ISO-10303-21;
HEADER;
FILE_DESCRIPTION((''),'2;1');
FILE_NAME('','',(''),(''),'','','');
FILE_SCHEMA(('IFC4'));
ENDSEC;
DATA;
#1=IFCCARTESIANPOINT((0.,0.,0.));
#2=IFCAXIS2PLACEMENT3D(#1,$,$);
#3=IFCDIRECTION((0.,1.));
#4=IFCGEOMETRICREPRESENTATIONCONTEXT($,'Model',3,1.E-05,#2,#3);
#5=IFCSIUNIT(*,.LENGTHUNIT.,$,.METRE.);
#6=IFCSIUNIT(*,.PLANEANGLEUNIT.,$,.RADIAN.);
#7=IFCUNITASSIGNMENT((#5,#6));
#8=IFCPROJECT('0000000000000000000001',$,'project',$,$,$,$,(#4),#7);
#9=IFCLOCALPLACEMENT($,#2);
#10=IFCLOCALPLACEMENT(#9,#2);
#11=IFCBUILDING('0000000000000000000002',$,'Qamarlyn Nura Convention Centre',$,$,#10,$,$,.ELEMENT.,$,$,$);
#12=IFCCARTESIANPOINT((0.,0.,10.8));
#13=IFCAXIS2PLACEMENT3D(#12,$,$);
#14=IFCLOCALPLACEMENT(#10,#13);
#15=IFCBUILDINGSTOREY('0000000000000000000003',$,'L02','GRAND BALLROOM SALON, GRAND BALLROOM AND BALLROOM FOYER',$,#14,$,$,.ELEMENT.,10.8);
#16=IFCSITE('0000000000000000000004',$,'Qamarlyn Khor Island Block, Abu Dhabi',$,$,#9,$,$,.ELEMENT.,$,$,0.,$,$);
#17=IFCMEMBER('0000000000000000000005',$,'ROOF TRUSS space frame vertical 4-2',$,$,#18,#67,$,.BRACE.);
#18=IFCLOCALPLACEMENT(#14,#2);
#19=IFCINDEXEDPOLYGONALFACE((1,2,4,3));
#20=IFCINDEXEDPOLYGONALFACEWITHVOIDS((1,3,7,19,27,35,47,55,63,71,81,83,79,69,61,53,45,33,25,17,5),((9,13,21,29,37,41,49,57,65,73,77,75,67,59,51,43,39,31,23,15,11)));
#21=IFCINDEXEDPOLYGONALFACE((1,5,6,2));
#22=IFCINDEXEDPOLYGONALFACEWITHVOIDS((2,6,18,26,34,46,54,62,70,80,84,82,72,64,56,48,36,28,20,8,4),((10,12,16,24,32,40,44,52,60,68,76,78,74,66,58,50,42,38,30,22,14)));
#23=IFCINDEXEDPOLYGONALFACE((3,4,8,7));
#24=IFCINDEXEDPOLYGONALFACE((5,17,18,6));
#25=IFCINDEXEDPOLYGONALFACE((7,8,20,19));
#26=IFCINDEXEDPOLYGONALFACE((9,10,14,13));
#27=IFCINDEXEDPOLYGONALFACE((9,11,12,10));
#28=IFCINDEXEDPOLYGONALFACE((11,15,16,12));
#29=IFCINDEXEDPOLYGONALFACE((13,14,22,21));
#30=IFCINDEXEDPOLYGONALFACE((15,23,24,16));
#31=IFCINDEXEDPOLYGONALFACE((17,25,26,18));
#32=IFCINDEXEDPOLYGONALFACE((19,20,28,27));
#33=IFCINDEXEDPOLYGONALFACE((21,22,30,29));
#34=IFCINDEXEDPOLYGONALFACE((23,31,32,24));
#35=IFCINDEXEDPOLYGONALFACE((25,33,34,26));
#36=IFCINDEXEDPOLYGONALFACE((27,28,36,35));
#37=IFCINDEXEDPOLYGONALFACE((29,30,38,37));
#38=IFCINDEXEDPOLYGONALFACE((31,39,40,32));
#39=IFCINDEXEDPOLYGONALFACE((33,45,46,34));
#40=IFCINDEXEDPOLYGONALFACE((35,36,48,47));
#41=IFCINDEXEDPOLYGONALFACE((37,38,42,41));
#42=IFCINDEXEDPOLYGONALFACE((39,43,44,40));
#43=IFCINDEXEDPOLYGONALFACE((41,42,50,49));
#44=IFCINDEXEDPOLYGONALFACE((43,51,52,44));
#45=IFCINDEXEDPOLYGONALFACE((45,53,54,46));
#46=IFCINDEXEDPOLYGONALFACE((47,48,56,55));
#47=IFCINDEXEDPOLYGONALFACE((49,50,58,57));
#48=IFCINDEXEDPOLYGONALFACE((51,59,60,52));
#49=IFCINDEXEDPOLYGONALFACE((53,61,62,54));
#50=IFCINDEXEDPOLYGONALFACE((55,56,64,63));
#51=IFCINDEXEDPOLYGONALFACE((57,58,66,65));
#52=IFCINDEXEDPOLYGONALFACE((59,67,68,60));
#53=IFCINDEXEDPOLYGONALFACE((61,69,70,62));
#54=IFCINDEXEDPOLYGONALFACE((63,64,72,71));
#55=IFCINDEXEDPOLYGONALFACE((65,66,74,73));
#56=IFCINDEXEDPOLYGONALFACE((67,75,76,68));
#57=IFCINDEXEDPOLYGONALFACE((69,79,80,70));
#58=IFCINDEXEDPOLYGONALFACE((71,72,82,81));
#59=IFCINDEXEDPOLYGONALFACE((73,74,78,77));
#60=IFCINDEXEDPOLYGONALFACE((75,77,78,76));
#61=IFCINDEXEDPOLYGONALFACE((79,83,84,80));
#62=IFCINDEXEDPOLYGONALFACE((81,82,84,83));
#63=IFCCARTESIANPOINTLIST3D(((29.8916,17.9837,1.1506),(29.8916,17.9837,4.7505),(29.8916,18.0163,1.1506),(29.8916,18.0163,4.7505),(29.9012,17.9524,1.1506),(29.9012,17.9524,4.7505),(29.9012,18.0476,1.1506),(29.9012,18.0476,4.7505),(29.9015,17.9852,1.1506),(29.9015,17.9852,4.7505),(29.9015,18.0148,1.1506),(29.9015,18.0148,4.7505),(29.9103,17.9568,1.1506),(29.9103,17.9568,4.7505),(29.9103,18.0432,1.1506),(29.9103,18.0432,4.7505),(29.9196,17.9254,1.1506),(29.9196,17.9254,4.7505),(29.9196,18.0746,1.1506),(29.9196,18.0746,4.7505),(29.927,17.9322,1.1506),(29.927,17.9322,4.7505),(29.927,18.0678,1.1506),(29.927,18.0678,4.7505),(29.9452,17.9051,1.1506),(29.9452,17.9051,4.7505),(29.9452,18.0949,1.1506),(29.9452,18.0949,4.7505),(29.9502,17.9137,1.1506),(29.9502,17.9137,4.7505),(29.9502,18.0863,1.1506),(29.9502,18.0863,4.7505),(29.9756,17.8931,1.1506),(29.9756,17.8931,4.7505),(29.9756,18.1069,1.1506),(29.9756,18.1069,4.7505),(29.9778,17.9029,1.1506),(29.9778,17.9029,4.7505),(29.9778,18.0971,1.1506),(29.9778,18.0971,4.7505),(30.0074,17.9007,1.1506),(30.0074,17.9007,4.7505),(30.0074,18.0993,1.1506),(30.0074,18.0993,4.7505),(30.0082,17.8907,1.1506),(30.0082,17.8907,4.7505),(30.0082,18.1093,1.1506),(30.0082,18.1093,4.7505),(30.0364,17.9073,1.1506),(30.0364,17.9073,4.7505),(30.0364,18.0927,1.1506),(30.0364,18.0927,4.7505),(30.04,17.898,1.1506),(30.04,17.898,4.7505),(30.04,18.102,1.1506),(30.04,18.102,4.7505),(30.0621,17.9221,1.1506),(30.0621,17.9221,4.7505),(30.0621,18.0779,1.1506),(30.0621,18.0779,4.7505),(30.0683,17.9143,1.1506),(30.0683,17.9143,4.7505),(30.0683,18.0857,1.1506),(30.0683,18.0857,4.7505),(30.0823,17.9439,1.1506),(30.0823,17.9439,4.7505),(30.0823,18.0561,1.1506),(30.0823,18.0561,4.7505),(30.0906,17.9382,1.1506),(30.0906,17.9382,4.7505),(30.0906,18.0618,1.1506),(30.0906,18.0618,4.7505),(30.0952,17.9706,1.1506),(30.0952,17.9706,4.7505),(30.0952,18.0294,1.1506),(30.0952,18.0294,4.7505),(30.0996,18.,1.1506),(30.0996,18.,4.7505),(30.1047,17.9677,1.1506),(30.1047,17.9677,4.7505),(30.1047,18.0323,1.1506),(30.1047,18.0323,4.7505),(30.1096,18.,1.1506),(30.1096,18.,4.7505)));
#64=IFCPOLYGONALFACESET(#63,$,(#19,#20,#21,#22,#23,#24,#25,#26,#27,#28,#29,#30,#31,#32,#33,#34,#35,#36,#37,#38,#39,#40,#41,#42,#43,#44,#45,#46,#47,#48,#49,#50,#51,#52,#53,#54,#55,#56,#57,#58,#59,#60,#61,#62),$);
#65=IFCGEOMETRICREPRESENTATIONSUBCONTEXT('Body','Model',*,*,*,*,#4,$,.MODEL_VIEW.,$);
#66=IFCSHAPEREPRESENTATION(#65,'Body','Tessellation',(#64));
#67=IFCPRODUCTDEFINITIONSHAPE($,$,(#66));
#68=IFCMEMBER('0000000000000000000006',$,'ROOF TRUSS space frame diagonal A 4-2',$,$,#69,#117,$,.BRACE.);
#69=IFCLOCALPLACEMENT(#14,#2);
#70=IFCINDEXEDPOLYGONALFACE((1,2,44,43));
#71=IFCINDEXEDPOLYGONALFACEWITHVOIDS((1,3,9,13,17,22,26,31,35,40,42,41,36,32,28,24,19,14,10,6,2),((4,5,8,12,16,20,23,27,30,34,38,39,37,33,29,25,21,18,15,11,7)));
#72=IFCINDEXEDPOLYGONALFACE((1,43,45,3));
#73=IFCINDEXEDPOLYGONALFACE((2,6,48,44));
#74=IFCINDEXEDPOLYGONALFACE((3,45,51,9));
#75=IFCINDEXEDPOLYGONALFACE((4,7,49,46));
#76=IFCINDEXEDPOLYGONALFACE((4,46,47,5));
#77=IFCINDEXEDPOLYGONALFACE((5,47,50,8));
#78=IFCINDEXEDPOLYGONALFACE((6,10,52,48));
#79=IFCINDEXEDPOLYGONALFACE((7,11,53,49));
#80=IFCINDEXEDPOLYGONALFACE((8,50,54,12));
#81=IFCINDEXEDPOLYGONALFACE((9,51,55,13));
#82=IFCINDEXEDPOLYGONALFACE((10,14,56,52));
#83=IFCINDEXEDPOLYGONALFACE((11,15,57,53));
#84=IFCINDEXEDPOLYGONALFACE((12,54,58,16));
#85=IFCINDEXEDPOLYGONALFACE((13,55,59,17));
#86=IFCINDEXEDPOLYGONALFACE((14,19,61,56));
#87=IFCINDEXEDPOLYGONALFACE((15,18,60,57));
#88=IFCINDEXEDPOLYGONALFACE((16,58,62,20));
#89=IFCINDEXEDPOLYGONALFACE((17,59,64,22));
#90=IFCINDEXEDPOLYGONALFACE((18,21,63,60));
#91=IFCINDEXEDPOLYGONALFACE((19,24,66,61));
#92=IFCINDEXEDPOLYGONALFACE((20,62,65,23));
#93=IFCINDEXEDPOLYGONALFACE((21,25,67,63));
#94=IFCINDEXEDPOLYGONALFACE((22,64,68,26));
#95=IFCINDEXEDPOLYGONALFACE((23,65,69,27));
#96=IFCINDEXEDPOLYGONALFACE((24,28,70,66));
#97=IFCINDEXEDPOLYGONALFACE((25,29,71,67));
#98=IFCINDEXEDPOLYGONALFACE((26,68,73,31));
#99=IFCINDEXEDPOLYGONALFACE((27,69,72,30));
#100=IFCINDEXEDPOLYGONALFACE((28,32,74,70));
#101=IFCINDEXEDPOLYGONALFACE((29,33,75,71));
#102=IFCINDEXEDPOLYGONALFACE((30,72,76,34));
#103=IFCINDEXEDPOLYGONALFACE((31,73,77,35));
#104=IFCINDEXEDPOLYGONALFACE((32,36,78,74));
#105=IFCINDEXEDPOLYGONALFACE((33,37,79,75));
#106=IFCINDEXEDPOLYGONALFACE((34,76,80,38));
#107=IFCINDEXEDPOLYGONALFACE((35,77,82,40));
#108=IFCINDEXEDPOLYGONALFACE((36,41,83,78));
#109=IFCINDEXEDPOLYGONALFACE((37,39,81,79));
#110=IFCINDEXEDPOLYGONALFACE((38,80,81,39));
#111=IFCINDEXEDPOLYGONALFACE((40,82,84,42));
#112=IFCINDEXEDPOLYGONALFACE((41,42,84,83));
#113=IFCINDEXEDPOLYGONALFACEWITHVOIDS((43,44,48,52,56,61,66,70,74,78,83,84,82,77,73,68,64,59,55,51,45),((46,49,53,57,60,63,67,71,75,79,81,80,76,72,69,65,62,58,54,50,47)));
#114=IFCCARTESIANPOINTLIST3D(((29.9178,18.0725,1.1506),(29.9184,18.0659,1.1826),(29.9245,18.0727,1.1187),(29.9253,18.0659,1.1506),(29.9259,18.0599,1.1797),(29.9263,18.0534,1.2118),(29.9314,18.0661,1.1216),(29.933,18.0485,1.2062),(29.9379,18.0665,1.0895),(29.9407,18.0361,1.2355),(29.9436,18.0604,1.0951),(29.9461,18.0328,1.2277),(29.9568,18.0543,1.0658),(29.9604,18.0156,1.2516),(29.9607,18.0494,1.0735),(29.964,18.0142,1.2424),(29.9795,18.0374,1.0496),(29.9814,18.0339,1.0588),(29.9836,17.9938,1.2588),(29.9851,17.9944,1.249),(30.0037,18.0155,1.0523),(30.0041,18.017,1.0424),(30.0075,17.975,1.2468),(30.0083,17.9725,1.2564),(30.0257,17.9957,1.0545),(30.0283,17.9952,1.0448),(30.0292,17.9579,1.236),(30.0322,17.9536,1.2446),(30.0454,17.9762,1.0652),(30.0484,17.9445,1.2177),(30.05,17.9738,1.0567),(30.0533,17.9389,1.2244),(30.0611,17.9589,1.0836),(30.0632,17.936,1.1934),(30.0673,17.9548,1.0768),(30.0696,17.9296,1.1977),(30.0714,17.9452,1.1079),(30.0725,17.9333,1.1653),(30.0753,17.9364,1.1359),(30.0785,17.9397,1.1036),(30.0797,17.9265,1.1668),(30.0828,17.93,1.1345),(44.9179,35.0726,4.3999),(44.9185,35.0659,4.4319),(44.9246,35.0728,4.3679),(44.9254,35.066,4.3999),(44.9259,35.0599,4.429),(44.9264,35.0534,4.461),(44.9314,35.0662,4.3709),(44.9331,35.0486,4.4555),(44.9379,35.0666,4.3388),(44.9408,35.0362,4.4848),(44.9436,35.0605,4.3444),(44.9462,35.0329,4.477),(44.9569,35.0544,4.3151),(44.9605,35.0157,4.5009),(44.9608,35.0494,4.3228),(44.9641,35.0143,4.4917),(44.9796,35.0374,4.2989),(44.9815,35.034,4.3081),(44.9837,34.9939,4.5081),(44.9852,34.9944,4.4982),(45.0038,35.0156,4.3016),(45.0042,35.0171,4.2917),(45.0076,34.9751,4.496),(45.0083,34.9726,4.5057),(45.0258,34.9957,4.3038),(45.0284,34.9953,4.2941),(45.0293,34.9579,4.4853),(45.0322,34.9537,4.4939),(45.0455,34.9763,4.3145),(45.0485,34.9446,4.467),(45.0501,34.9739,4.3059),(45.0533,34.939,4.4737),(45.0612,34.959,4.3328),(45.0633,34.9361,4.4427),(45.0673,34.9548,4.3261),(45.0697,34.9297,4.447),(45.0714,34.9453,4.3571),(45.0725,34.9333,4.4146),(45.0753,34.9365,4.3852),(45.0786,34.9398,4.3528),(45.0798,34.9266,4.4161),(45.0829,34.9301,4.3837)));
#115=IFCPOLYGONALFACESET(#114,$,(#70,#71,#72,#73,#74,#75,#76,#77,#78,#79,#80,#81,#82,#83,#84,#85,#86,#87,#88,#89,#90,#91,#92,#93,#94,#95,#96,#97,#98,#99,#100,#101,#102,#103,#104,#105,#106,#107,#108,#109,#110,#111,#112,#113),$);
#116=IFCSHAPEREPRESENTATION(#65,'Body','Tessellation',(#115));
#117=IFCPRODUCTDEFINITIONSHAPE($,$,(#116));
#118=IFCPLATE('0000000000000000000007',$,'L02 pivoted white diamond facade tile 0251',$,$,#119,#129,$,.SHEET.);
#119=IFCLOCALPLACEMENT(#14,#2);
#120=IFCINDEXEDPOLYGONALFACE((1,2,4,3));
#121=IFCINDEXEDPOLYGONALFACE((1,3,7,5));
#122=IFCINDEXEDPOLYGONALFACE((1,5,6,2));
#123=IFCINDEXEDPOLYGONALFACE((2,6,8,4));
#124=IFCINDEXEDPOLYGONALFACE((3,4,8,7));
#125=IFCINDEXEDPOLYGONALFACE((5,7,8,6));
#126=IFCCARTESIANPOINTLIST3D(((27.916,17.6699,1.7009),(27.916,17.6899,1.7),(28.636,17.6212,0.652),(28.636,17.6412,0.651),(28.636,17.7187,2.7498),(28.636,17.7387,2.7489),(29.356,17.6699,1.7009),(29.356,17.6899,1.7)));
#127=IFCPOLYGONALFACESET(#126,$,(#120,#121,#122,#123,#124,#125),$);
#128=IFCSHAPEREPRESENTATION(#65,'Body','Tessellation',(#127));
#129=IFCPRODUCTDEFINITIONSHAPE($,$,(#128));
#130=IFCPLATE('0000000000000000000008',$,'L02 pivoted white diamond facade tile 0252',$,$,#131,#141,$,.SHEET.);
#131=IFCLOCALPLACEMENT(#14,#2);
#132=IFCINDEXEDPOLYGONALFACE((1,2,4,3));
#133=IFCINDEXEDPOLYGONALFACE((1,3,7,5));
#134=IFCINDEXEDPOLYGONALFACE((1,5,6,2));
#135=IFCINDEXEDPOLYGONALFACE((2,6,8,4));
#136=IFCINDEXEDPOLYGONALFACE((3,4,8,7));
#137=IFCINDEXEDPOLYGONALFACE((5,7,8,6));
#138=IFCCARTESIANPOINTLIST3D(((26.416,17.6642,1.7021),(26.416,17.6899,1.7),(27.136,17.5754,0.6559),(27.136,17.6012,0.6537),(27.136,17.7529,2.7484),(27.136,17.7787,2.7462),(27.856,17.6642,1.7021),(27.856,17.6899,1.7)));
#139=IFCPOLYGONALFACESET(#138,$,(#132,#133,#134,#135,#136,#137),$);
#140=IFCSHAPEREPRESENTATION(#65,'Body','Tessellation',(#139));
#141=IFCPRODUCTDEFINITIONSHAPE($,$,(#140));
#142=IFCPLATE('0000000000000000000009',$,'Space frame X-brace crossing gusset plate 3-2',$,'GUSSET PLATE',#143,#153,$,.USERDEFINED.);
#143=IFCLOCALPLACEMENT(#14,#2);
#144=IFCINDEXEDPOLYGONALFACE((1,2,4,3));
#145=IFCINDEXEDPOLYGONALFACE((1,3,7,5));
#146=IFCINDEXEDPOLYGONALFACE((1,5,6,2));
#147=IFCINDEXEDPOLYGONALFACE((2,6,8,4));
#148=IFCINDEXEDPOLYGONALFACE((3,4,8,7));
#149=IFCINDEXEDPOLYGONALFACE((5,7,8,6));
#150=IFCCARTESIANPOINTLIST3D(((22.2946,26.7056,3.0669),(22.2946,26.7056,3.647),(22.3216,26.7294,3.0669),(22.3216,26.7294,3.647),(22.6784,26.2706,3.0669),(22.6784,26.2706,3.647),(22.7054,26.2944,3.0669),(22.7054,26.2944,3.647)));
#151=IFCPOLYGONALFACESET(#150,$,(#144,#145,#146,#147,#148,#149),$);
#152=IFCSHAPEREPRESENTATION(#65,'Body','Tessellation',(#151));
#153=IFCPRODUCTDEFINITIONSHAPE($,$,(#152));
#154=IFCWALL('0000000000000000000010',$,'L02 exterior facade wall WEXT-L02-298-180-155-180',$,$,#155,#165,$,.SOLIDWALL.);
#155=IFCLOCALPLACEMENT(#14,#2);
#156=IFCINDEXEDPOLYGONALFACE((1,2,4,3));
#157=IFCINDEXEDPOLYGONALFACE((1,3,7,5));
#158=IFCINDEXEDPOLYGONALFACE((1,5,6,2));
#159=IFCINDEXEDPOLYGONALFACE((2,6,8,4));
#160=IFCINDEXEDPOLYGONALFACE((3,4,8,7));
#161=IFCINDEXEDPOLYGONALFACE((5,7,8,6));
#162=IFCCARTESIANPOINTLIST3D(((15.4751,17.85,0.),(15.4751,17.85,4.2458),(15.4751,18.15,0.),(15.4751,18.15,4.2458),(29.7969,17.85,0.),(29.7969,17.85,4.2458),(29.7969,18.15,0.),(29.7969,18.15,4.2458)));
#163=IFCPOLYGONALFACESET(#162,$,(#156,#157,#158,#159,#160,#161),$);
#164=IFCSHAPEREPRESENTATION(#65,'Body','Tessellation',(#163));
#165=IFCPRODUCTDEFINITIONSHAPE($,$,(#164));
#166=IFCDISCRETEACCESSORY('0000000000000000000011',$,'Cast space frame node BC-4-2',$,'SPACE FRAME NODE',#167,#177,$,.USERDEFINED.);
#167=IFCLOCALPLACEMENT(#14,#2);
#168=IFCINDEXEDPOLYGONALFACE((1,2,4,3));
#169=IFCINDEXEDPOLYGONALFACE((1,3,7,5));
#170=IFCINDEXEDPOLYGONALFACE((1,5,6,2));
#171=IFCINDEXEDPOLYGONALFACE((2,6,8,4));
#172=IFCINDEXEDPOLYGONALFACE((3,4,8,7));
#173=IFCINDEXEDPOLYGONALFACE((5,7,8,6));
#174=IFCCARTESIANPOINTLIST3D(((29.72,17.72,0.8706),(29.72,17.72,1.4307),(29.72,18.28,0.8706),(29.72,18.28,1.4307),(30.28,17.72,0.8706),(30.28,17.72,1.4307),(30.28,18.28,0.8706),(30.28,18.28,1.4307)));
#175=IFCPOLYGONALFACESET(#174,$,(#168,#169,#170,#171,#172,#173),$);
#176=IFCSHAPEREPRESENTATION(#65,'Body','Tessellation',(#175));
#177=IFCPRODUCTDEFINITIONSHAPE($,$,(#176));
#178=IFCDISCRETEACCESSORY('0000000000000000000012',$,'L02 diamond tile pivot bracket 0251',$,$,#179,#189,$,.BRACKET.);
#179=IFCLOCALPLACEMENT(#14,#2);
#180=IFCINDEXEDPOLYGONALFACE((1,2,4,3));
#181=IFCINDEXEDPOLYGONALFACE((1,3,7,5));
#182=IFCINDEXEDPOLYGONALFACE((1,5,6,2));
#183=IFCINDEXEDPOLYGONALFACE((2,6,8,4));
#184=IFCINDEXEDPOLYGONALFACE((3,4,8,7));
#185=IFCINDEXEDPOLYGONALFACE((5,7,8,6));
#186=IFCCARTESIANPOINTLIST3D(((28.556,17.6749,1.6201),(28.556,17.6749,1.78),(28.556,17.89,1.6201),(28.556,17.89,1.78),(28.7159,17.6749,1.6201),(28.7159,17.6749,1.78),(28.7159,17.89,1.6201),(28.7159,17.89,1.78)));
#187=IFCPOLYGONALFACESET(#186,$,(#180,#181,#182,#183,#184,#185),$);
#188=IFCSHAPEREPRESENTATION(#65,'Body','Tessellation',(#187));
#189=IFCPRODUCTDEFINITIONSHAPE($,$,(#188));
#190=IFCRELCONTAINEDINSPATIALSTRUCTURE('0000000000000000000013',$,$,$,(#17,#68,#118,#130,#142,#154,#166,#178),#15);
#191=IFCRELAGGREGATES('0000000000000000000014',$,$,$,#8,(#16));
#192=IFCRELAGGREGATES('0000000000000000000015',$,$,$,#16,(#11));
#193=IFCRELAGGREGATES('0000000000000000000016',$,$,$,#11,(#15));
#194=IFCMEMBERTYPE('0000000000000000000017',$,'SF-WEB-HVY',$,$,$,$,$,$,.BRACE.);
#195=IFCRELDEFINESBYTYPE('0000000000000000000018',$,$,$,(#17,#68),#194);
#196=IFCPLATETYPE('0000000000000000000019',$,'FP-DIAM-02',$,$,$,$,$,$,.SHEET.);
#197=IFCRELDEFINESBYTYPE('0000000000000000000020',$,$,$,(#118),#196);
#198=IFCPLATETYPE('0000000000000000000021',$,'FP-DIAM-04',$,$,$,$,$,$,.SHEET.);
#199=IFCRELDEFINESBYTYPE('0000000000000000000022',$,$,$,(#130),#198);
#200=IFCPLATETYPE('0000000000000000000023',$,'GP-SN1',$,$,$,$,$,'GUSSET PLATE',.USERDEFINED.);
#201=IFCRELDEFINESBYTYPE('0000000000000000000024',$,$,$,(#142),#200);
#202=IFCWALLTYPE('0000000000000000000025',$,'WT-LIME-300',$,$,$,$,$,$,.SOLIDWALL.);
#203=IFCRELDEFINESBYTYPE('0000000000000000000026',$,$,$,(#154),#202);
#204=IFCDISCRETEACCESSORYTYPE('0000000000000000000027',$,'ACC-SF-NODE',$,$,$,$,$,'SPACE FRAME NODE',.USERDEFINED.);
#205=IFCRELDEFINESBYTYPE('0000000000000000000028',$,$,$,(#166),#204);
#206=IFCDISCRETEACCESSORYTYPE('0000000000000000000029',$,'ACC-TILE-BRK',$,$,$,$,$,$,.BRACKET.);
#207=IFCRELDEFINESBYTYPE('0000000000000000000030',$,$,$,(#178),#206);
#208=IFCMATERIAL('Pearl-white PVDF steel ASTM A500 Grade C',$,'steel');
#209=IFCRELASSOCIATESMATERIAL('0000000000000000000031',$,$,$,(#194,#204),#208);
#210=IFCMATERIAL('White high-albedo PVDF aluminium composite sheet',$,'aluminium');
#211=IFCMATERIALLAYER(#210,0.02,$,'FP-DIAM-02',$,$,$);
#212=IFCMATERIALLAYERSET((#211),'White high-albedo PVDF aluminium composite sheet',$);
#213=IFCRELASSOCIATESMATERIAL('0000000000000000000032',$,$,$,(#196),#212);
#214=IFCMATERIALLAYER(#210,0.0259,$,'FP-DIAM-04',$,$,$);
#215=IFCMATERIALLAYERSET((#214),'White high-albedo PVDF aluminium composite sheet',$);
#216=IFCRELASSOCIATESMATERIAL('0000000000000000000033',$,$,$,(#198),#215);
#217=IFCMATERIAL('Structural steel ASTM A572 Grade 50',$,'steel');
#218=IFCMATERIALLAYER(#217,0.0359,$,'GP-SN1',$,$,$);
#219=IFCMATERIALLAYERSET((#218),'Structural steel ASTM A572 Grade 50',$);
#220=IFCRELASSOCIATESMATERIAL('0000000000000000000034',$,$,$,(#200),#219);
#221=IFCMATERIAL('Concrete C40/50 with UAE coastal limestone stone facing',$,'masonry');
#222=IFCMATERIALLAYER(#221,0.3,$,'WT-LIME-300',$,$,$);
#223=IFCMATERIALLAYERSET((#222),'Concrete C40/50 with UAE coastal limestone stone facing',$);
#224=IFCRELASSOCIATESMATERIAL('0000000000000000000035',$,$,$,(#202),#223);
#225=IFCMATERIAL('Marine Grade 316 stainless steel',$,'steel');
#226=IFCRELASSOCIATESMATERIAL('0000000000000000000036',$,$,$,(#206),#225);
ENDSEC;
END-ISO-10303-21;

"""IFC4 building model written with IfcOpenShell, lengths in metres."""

from ifc_helpers import new_model, si_unit, direction, frame, frame_2d, origin, origin_2d, place, context, subcontext, project, spatial, polyline, rectangle, hollow_circle, outline, extrude, material, layer, layer_set, material_profile, profile_set, type_object, element, save


model = new_model("IFC4")

# Units and contexts
model_context = context("Model", 3, precision=1e-05, world=origin(), true_north=direction((0.0, 1.0)))
body_context = subcontext(model_context, "Body", "Model", "MODEL_VIEW")
ifc_project = project(units=[si_unit("LENGTHUNIT", "METRE"), si_unit("PLANEANGLEUNIT", "RADIAN")], contexts=[model_context])

# Site, building, storey
site_placement = place(None, origin())
site = spatial("IfcSite", under=ifc_project, at=site_placement, Name="Qamarlyn Khor Island Block, Abu Dhabi", CompositionType="ELEMENT", RefElevation=0.0)
building_placement = place(site_placement, origin())
building = spatial("IfcBuilding", under=site, at=building_placement, Name="Qamarlyn Nura Convention Centre", CompositionType="ELEMENT")
storey_placement = place(building_placement, frame((0.0, 0.0, 10.8)))
storey = spatial("IfcBuildingStorey", under=building, at=storey_placement, Name="L02", Description="GRAND BALLROOM SALON, GRAND BALLROOM AND BALLROOM FOYER", CompositionType="ELEMENT", Elevation=10.8)

# Shared definitions
ifc_material_1 = material(Name="Pearl-white PVDF steel ASTM A500 Grade C", Category="steel")

# Members
ifc_material_profile_1 = material_profile(ifc_material_1, hollow_circle(Radius=0.1096, WallThickness=0.01, at=origin_2d()), Name="CHS219.1X10")
ifc_profile_set_1 = profile_set([ifc_material_profile_1], Name="Pearl-white PVDF steel ASTM A500 Grade C")
member_type_1 = type_object("IfcMemberType", Name="SF-WEB-HVY", PredefinedType="BRACE", material=ifc_profile_set_1)
member_1_placement = place(storey_placement, frame((30.0, 18.0, 1.1506), z_axis=(0.0, 0.0, 1.0), x_axis=(1.0, 0.0, 0.0)))
element("IfcMember", 1, at=member_1_placement, inside=storey, type_object=member_type_1, Name="ROOF TRUSS space frame vertical 4-2", PredefinedType="BRACE", context=body_context, shape_type="SweptSolid", body=[
    extrude(hollow_circle(Radius=0.1096, WallThickness=0.01, at=origin_2d()), origin(), (0.0, 0.0, 1.0), 3.5999),
])
member_2_placement = place(storey_placement, frame((30.0, 18.0, 1.1506), z_axis=(0.65493, 0.742254, 0.141869), x_axis=(-0.749838, 0.661622, 0.0)))
element("IfcMember", 2, at=member_2_placement, inside=storey, type_object=member_type_1, Name="ROOF TRUSS space frame diagonal A 4-2", PredefinedType="BRACE", context=body_context, shape_type="SweptSolid", body=[
    extrude(hollow_circle(Radius=0.1096, WallThickness=0.01, at=origin_2d()), origin(), (0.0, 0.0, 1.0), 22.9033),
])

# Plates
ifc_material_2 = material(Name="White high-albedo PVDF aluminium composite sheet", Category="aluminium")
ifc_layer_1 = layer(ifc_material_2, 0.02, Name="FP-DIAM-02")
ifc_layer_set_1 = layer_set([ifc_layer_1], Name="White high-albedo PVDF aluminium composite sheet")
plate_type_1 = type_object("IfcPlateType", Name="FP-DIAM-02", PredefinedType="SHEET", material=ifc_layer_set_1)
plate_1_placement = place(storey_placement, frame((28.636, 17.6899, 1.7), z_axis=(0.0, -0.998923, 0.046409), x_axis=(1.0, 0.0, 0.0)))
element("IfcPlate", 3, at=plate_1_placement, inside=storey, type_object=plate_type_1, Name="L02 pivoted white diamond facade tile 0251", PredefinedType="SHEET", context=body_context, shape_type="SweptSolid", body=[
    extrude(outline(polyline([(-0.72, 0.0), (0.0, -1.05), (0.72, 0.0), (0.0, 1.05), (-0.72, 0.0)])), origin(), (0.0, 0.0, 1.0), 0.02),
])
ifc_layer_2 = layer(ifc_material_2, 0.0259, Name="FP-DIAM-04")
ifc_layer_set_2 = layer_set([ifc_layer_2], Name="White high-albedo PVDF aluminium composite sheet")
plate_type_2 = type_object("IfcPlateType", Name="FP-DIAM-04", PredefinedType="SHEET", material=ifc_layer_set_2)
plate_2_placement = place(storey_placement, frame((27.136, 17.6899, 1.7), z_axis=(0.0, -0.996419, 0.084547), x_axis=(1.0, 0.0, 0.0)))
element("IfcPlate", 4, at=plate_2_placement, inside=storey, type_object=plate_type_2, Name="L02 pivoted white diamond facade tile 0252", PredefinedType="SHEET", context=body_context, shape_type="SweptSolid", body=[
    extrude(outline(polyline([(-0.72, 0.0), (0.0, -1.05), (0.72, 0.0), (0.0, 1.05), (-0.72, 0.0)])), origin(), (0.0, 0.0, 1.0), 0.0259),
])
ifc_material_3 = material(Name="Structural steel ASTM A572 Grade 50", Category="steel")
ifc_layer_3 = layer(ifc_material_3, 0.0359, Name="GP-SN1")
ifc_layer_set_3 = layer_set([ifc_layer_3], Name="Structural steel ASTM A572 Grade 50")
plate_type_3 = type_object("IfcPlateType", Name="GP-SN1", ElementType="GUSSET PLATE", PredefinedType="USERDEFINED", material=ifc_layer_set_3)
plate_3_placement = place(storey_placement, frame((22.5, 26.5, 3.0669), z_axis=(0.0, 0.0, 1.0), x_axis=(-0.661622, 0.749837, 0.0)))
element("IfcPlate", 5, at=plate_3_placement, inside=storey, type_object=plate_type_3, Name="Space frame X-brace crossing gusset plate 3-2", ObjectType="GUSSET PLATE", PredefinedType="USERDEFINED", context=body_context, shape_type="SweptSolid", body=[
    extrude(rectangle(XDim=0.5801, YDim=0.0359, at=origin_2d()), origin(), (0.0, 0.0, 1.0), 0.5801),
])

# Wall
ifc_material_4 = material(Name="Concrete C40/50 with UAE coastal limestone stone facing", Category="masonry")
ifc_layer_4 = layer(ifc_material_4, 0.3, Name="WT-LIME-300")
ifc_layer_set_4 = layer_set([ifc_layer_4], Name="Concrete C40/50 with UAE coastal limestone stone facing")
wall_type = type_object("IfcWallType", Name="WT-LIME-300", PredefinedType="SOLIDWALL", material=ifc_layer_set_4)
wall_placement = place(storey_placement, frame((29.7969, 18.0, 0.0), z_axis=(0.0, 0.0, 1.0), x_axis=(-1.0, 0.0, 0.0)))
element("IfcWall", 6, at=wall_placement, inside=storey, type_object=wall_type, Name="L02 exterior facade wall WEXT-L02-298-180-155-180", PredefinedType="SOLIDWALL", context=body_context, shape_type="SweptSolid", body=[
    extrude(rectangle(XDim=14.3218, YDim=0.3, at=frame_2d((7.1609, 0.0))), origin(), (0.0, 0.0, 1.0), 4.2458),
])

# Discrete accessories
discrete_accessory_type_1 = type_object("IfcDiscreteAccessoryType", Name="ACC-SF-NODE", ElementType="SPACE FRAME NODE", PredefinedType="USERDEFINED", material=ifc_material_1)
discrete_accessory_1_placement = place(storey_placement, frame((30.0, 18.0, 0.8706), z_axis=(0.0, 0.0, 1.0), x_axis=(1.0, 0.0, 0.0)))
element("IfcDiscreteAccessory", 7, at=discrete_accessory_1_placement, inside=storey, type_object=discrete_accessory_type_1, Name="Cast space frame node BC-4-2", ObjectType="SPACE FRAME NODE", PredefinedType="USERDEFINED", context=body_context, shape_type="SweptSolid", body=[
    extrude(rectangle(XDim=0.5601, YDim=0.5601, at=origin_2d()), origin(), (0.0, 0.0, 1.0), 0.5601),
])
ifc_material_5 = material(Name="Marine Grade 316 stainless steel", Category="steel")
discrete_accessory_type_2 = type_object("IfcDiscreteAccessoryType", Name="ACC-TILE-BRK", PredefinedType="BRACKET", material=ifc_material_5)
discrete_accessory_2_placement = place(storey_placement, frame((28.636, 17.7825, 1.6201), z_axis=(0.0, 0.0, 1.0), x_axis=(0.0, -1.0, 0.0)))
element("IfcDiscreteAccessory", 8, at=discrete_accessory_2_placement, inside=storey, type_object=discrete_accessory_type_2, Name="L02 diamond tile pivot bracket 0251", PredefinedType="BRACKET", context=body_context, shape_type="SweptSolid", body=[
    extrude(rectangle(XDim=0.2151, YDim=0.1599, at=origin_2d()), origin(), (0.0, 0.0, 1.0), 0.1599),
])

save(model, "model.ifc")
